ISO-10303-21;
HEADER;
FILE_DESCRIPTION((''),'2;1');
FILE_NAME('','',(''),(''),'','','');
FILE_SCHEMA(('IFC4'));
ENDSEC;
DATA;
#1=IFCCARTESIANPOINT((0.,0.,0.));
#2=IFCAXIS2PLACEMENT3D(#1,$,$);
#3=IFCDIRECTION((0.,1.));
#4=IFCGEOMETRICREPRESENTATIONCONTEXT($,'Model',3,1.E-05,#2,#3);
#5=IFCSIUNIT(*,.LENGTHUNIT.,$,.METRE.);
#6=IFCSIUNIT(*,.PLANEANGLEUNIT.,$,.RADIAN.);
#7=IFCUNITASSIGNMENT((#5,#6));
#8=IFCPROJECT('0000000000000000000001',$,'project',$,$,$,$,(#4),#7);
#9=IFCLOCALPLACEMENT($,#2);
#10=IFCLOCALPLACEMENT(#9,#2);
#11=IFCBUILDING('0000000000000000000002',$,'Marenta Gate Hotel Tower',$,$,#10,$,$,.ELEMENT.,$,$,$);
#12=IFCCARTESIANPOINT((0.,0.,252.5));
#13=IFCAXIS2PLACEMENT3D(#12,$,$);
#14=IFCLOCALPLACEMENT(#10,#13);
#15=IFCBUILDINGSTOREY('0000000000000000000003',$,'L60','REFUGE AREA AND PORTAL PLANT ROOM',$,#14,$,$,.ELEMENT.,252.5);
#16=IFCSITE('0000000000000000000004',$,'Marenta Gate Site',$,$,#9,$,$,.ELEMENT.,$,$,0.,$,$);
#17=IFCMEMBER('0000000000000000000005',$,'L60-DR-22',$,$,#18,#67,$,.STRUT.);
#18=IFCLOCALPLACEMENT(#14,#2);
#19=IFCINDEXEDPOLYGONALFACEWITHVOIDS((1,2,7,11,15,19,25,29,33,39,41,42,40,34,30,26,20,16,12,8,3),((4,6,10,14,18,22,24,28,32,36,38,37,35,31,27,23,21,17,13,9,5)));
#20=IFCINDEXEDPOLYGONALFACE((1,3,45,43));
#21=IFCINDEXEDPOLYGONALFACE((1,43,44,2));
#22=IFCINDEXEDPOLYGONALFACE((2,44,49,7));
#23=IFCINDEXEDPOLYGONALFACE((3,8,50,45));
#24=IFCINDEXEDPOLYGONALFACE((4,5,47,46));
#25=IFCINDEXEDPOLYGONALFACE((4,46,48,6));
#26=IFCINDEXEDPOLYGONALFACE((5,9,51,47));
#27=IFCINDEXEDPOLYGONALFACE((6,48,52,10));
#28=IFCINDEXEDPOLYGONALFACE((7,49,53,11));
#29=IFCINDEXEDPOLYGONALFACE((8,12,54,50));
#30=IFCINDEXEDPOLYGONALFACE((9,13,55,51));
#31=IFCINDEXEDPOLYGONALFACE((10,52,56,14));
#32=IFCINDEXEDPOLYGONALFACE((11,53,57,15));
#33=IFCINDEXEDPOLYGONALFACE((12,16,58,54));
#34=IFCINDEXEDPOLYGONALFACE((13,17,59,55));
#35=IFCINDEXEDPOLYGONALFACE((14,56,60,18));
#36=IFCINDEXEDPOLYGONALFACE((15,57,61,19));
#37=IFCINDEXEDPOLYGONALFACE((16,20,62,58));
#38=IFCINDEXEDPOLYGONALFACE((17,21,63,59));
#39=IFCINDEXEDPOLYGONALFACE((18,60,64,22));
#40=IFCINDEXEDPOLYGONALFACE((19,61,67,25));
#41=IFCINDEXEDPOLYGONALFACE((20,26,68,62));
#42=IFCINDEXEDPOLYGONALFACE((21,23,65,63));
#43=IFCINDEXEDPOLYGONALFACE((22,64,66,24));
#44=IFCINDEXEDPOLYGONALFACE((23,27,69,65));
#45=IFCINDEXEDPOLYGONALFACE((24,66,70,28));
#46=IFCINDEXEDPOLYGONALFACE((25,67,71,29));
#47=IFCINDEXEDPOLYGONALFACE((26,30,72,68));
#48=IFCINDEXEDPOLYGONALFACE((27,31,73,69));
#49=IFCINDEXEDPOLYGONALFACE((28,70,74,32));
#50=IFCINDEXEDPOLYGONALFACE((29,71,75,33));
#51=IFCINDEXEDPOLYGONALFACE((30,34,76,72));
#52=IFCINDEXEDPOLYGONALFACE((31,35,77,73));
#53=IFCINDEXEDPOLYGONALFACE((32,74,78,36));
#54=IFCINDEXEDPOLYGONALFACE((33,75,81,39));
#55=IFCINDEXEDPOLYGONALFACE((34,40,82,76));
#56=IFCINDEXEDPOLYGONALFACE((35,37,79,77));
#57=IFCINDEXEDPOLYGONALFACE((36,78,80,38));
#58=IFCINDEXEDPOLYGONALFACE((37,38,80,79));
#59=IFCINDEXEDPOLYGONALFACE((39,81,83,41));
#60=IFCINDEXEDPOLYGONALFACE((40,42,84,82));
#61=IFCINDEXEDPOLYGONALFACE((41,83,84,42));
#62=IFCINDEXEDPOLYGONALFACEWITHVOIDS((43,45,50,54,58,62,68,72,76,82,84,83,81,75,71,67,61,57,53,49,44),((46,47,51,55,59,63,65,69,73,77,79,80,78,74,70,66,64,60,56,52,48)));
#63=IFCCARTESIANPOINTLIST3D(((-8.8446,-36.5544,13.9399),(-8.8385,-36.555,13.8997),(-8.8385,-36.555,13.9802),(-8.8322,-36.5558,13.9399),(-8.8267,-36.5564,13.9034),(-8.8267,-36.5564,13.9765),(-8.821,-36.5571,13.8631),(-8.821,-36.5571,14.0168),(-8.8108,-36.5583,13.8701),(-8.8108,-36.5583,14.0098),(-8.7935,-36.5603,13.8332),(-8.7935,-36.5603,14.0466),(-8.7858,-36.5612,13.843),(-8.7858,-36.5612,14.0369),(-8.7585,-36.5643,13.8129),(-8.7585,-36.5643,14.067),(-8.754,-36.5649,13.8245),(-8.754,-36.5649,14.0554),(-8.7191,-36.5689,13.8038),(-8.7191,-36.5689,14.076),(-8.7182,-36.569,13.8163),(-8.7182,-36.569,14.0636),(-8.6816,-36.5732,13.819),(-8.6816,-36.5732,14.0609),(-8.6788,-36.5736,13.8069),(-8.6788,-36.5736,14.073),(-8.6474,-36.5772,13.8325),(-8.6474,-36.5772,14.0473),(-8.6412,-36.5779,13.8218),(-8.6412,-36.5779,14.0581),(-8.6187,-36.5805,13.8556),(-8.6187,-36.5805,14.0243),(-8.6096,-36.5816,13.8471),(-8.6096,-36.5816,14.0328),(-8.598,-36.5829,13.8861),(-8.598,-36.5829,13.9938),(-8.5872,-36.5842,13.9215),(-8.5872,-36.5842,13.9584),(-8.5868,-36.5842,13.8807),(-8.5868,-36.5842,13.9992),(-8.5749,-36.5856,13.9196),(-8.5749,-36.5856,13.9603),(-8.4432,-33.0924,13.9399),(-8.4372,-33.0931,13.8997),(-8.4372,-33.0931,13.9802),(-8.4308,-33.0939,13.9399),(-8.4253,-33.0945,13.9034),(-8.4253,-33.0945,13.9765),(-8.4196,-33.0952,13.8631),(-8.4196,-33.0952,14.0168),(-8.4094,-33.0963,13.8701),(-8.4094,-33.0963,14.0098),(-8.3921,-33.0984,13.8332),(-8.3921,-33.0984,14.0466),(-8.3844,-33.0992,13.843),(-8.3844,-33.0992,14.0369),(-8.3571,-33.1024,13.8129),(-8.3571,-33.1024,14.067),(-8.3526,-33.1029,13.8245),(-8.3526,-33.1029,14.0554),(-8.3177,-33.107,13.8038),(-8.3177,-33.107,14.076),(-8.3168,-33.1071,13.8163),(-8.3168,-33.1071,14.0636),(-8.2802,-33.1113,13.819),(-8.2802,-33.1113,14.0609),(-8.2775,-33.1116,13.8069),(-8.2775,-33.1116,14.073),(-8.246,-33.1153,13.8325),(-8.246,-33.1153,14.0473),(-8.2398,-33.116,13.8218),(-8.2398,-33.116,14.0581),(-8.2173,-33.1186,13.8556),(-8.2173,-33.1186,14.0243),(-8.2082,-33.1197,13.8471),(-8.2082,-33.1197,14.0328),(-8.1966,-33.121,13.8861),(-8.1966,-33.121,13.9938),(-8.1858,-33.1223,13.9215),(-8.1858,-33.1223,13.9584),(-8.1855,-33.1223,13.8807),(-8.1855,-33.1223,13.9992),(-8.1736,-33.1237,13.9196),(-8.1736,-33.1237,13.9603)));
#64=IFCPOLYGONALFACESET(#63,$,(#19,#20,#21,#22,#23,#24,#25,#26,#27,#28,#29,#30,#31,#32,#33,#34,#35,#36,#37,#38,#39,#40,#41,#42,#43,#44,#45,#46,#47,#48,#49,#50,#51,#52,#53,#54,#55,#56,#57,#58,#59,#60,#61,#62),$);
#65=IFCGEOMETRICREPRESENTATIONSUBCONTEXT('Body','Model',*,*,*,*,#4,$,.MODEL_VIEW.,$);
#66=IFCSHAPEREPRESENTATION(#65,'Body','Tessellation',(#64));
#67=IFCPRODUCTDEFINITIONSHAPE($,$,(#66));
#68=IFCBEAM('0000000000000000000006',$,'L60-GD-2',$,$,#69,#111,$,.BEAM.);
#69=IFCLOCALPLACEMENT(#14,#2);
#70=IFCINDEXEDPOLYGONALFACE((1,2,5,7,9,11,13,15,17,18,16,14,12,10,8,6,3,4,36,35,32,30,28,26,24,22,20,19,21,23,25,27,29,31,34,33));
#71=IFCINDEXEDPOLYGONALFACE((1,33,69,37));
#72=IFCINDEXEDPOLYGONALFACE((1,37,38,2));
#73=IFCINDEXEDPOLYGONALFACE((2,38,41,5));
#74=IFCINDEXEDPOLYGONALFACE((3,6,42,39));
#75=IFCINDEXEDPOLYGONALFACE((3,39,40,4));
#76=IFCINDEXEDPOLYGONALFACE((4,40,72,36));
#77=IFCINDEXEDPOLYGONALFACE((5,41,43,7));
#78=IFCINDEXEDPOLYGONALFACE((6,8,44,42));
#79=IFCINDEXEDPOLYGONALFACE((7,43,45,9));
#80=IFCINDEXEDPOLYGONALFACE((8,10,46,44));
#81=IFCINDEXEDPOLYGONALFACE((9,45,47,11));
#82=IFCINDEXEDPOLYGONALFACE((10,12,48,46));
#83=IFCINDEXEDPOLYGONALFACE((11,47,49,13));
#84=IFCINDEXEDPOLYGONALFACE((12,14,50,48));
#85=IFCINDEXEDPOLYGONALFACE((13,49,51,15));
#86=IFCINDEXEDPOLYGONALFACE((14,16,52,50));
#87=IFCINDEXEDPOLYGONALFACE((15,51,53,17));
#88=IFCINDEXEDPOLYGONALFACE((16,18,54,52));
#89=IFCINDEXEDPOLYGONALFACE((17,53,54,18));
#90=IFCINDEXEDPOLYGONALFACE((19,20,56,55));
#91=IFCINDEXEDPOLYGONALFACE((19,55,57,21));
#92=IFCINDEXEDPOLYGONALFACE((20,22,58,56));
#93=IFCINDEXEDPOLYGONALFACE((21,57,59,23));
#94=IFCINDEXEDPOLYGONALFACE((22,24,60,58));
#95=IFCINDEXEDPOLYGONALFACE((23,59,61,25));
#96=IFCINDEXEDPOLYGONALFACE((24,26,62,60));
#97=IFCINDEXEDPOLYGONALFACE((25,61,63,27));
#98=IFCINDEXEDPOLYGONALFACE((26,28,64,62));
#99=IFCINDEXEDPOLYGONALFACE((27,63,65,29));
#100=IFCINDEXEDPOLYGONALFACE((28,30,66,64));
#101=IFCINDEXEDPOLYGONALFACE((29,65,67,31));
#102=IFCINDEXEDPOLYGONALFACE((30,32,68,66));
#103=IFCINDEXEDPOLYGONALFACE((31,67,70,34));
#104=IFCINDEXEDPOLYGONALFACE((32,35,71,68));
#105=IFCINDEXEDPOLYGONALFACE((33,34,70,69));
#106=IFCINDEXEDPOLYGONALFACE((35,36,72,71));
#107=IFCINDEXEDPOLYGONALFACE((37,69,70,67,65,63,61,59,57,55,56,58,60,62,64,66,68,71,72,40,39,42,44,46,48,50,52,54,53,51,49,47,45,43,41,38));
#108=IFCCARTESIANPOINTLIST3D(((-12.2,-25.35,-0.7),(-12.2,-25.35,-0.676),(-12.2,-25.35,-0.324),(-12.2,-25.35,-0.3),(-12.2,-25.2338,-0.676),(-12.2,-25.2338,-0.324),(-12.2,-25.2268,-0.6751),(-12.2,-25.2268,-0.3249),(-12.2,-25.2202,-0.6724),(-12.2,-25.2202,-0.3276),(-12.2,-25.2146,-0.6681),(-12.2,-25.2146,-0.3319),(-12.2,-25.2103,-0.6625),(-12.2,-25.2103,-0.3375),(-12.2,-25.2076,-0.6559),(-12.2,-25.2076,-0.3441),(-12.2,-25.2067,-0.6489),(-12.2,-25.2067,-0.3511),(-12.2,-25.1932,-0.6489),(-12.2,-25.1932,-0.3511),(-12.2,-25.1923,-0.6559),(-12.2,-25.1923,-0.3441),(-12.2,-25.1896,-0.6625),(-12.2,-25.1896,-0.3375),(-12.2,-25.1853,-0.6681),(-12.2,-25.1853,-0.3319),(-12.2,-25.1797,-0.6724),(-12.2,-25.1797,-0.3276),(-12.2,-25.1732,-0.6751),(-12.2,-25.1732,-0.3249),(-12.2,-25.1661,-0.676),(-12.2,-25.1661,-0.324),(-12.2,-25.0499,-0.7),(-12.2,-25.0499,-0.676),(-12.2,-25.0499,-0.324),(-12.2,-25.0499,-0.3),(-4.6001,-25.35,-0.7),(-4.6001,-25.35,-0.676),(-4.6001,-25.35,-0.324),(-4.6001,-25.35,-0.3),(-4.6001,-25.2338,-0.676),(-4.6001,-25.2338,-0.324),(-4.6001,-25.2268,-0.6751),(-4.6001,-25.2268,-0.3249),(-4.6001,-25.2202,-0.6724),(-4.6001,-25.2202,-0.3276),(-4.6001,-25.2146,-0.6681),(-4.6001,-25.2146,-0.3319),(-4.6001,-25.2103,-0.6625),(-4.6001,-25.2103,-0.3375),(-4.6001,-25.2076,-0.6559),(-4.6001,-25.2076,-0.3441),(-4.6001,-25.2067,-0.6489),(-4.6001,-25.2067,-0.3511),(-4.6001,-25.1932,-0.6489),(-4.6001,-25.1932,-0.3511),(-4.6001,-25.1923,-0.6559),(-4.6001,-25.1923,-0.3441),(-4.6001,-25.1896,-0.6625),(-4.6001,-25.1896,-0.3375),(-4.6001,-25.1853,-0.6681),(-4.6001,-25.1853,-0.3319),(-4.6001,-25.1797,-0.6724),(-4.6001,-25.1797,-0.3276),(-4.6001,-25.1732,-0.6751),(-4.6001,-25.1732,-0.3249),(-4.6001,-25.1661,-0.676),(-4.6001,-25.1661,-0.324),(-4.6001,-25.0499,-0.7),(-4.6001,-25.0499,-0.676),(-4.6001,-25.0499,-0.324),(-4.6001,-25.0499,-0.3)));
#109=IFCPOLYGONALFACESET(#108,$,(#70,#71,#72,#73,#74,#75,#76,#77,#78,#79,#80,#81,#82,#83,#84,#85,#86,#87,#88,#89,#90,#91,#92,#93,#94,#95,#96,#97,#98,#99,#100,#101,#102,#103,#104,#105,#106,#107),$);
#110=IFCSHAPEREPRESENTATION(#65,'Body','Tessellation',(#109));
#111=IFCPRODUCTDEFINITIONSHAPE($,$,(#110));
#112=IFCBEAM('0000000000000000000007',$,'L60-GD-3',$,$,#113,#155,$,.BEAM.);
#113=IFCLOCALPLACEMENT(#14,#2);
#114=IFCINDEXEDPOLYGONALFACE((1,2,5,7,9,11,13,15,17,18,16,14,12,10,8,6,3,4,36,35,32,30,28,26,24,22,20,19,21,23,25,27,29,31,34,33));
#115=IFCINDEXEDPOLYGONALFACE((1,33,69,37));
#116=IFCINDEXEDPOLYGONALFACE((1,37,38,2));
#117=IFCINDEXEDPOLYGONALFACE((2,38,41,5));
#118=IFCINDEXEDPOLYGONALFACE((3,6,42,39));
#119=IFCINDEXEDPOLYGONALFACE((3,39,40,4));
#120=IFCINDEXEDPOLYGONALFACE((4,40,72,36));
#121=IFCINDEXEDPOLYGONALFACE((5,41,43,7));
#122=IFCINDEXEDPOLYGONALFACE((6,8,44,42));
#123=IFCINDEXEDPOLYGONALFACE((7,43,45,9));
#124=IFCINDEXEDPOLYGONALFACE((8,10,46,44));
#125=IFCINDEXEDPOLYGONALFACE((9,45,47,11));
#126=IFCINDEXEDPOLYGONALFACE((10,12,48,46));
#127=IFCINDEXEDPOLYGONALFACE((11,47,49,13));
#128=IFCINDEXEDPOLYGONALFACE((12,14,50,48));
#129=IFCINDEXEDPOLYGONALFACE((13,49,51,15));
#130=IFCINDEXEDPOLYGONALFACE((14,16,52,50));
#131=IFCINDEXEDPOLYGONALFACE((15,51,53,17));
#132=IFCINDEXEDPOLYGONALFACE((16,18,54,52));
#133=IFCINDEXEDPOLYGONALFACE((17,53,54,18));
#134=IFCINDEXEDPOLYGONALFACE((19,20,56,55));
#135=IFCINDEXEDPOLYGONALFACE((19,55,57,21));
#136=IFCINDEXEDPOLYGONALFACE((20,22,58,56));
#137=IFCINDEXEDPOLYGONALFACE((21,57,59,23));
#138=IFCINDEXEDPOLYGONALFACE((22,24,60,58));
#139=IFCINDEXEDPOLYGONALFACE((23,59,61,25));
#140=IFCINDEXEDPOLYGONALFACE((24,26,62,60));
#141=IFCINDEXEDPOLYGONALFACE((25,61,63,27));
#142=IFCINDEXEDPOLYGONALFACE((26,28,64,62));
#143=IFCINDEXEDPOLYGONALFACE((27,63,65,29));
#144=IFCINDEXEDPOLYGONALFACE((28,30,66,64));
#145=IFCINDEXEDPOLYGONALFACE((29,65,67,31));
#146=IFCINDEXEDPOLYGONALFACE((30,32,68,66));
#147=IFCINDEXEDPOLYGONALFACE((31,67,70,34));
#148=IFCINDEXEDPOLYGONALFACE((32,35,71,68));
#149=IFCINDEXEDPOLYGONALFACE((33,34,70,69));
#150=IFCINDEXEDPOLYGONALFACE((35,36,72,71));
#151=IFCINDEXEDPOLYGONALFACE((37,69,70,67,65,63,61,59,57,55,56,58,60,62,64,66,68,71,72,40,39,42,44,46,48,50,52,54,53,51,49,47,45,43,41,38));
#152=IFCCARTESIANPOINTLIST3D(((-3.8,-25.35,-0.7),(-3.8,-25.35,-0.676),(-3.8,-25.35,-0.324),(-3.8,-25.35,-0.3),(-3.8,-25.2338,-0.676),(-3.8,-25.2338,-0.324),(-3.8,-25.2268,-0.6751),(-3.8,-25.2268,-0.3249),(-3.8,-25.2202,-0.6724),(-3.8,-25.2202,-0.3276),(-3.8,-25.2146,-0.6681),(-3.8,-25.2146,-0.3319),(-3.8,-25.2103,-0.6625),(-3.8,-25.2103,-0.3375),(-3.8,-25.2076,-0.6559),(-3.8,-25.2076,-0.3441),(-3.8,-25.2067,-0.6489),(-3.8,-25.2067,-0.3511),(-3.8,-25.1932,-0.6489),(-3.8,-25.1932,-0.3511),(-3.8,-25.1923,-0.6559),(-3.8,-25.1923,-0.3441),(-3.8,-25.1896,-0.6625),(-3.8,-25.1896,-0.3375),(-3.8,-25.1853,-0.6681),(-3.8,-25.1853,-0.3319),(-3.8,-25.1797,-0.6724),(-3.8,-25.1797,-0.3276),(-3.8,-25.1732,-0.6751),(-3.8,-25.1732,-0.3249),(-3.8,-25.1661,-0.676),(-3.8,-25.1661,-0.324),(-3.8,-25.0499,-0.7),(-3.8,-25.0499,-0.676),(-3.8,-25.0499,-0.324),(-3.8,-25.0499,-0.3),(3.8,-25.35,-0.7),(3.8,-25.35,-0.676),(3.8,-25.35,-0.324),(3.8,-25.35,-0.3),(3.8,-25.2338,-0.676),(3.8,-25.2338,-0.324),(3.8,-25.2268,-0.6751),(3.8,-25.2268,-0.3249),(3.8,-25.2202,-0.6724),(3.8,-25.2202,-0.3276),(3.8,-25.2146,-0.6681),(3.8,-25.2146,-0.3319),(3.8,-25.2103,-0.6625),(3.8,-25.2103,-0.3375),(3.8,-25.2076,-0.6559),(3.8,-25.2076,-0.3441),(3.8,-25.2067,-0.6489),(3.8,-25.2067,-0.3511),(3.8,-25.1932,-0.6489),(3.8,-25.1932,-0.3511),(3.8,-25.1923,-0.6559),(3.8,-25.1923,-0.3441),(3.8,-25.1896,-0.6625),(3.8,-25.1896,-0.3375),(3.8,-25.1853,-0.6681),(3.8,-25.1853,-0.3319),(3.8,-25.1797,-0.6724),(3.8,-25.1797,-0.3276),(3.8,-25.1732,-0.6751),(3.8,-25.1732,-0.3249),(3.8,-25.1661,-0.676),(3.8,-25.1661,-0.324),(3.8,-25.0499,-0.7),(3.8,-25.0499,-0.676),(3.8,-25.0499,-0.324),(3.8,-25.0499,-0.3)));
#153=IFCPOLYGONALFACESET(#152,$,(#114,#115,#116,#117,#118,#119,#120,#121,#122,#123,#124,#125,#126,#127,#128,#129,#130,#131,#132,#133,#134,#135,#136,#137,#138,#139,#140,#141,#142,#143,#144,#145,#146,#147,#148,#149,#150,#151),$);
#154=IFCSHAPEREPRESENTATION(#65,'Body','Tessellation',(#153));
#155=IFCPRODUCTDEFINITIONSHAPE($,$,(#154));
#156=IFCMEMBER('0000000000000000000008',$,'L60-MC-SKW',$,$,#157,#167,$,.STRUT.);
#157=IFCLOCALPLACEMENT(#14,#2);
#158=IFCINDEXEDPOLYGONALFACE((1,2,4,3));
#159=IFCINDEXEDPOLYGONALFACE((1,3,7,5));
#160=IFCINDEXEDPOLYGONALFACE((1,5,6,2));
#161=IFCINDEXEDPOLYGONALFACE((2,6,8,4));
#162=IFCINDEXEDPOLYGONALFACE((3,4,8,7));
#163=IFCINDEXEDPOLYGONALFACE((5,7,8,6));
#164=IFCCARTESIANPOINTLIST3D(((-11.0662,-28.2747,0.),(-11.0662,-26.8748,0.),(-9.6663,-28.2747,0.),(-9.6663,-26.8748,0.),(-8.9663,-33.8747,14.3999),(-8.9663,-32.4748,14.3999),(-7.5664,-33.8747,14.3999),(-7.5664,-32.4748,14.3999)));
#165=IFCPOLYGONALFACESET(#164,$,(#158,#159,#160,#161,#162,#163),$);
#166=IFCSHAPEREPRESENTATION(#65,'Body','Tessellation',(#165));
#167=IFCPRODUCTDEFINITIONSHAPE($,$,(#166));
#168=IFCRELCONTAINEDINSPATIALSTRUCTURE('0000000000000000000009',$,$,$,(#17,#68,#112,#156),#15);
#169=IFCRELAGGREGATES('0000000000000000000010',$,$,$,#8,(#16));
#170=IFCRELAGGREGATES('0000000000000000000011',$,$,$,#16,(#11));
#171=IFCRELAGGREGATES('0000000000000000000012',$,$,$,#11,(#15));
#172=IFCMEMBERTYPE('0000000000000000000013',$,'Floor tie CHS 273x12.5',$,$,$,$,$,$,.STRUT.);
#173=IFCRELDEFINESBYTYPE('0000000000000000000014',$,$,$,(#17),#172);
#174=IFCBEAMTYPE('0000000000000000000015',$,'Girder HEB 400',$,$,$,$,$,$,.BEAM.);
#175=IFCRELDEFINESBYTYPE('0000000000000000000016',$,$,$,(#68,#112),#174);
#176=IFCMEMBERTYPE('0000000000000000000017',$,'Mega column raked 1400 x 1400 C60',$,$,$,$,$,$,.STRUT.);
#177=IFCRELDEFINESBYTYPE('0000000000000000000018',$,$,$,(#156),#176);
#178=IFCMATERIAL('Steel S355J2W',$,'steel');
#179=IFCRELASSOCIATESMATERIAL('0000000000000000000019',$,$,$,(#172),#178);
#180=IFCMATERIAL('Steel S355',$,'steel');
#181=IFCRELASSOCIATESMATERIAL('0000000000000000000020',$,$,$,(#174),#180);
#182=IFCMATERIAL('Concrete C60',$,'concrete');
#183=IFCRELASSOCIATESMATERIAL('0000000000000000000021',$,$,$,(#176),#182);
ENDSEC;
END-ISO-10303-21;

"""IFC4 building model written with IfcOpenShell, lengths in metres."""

from ifc_helpers import new_model, si_unit, direction, frame, origin, origin_2d, place, context, subcontext, project, spatial, rectangle, hollow_circle, i_section, extrude, material, material_profile, profile_set, type_object, element, save


model = new_model("IFC4")

# Units and contexts
model_context = context("Model", 3, precision=1e-05, world=origin(), true_north=direction((0.0, 1.0)))
body_context = subcontext(model_context, "Body", "Model", "MODEL_VIEW")
ifc_project = project(units=[si_unit("LENGTHUNIT", "METRE"), si_unit("PLANEANGLEUNIT", "RADIAN")], contexts=[model_context])

# Site, building, storey
site_placement = place(None, origin())
site = spatial("IfcSite", under=ifc_project, at=site_placement, Name="Marenta Gate Site", CompositionType="ELEMENT", RefElevation=0.0)
building_placement = place(site_placement, origin())
building = spatial("IfcBuilding", under=site, at=building_placement, Name="Marenta Gate Hotel Tower", CompositionType="ELEMENT")
storey_placement = place(building_placement, frame((0.0, 0.0, 252.5)))
storey = spatial("IfcBuildingStorey", under=building, at=storey_placement, Name="L60", Description="REFUGE AREA AND PORTAL PLANT ROOM", CompositionType="ELEMENT", Elevation=252.5)

# Member
ifc_material_1 = material(Name="Steel S355J2W", Category="steel")
ifc_material_profile_1 = material_profile(ifc_material_1, hollow_circle(Radius=0.1365, WallThickness=0.0125, at=origin_2d()), Name="CHS 273x12.5")
ifc_profile_set_1 = profile_set([ifc_material_profile_1], Name="Steel S355J2W")
member_type_1 = type_object("IfcMemberType", Name="Floor tie CHS 273x12.5", PredefinedType="STRUT", material=ifc_profile_set_1)
member_1_placement = place(storey_placement, frame((-8.709, -36.5701, 13.9399), z_axis=(0.115167, 0.993346, 0.0), x_axis=(-0.993346, 0.115167, 0.0)))
element("IfcMember", 1, at=member_1_placement, inside=storey, type_object=member_type_1, Name="L60-DR-22", PredefinedType="STRUT", context=body_context, shape_type="SweptSolid", body=[
    extrude(hollow_circle(Radius=0.1365, WallThickness=0.0125, at=origin_2d()), origin(), (0.0, 0.0, 1.0), 3.4851),
])

# Beams
ifc_material_2 = material(Name="Steel S355", Category="steel")
ifc_material_profile_2 = material_profile(ifc_material_2, i_section(OverallWidth=0.3, OverallDepth=0.3999, WebThickness=0.0134, FlangeThickness=0.0239, FilletRadius=0.0271, at=origin_2d()), Name="HEB 400")
ifc_profile_set_2 = profile_set([ifc_material_profile_2], Name="Steel S355")
beam_type_1 = type_object("IfcBeamType", Name="Girder HEB 400", PredefinedType="BEAM", material=ifc_profile_set_2)
beam_1_placement = place(storey_placement, frame((-12.2, -25.2, -0.5), z_axis=(1.0, 0.0, 0.0), x_axis=(0.0, 1.0, 0.0)))
element("IfcBeam", 2, at=beam_1_placement, inside=storey, type_object=beam_type_1, Name="L60-GD-2", PredefinedType="BEAM", context=body_context, shape_type="SweptSolid", body=[
    extrude(i_section(OverallWidth=0.3, OverallDepth=0.3999, WebThickness=0.0134, FlangeThickness=0.0239, FilletRadius=0.0271, at=origin_2d()), origin(), (0.0, 0.0, 1.0), 7.5999),
])
beam_2_placement = place(storey_placement, frame((-3.8, -25.2, -0.5), z_axis=(1.0, 0.0, 0.0), x_axis=(0.0, 1.0, 0.0)))
element("IfcBeam", 3, at=beam_2_placement, inside=storey, type_object=beam_type_1, Name="L60-GD-3", PredefinedType="BEAM", context=body_context, shape_type="SweptSolid", body=[
    extrude(i_section(OverallWidth=0.3, OverallDepth=0.3999, WebThickness=0.0134, FlangeThickness=0.0239, FilletRadius=0.0271, at=origin_2d()), origin(), (0.0, 0.0, 1.0), 7.6001),
])

# Member
ifc_material_3 = material(Name="Concrete C60", Category="concrete")
ifc_material_profile_3 = material_profile(ifc_material_3, rectangle(XDim=1.3999, YDim=1.3999, at=origin_2d()), Name="1400 x 1400")
ifc_profile_set_3 = profile_set([ifc_material_profile_3], Name="Concrete C60")
member_type_2 = type_object("IfcMemberType", Name="Mega column raked 1400 x 1400 C60", PredefinedType="STRUT", material=ifc_profile_set_3)
member_2_placement = place(storey_placement, frame((-10.3662, -27.5747, 0.0), z_axis=(0.0, 0.0, 1.0), x_axis=(1.0, 0.0, 0.0)))
element("IfcMember", 4, at=member_2_placement, inside=storey, type_object=member_type_2, Name="L60-MC-SKW", PredefinedType="STRUT", context=body_context, shape_type="SweptSolid", body=[
    extrude(rectangle(XDim=1.3999, YDim=1.3999, at=origin_2d()), origin(), (0.13467, -0.359152, 0.923512), 15.5925),
])

save(model, "model.ifc")
